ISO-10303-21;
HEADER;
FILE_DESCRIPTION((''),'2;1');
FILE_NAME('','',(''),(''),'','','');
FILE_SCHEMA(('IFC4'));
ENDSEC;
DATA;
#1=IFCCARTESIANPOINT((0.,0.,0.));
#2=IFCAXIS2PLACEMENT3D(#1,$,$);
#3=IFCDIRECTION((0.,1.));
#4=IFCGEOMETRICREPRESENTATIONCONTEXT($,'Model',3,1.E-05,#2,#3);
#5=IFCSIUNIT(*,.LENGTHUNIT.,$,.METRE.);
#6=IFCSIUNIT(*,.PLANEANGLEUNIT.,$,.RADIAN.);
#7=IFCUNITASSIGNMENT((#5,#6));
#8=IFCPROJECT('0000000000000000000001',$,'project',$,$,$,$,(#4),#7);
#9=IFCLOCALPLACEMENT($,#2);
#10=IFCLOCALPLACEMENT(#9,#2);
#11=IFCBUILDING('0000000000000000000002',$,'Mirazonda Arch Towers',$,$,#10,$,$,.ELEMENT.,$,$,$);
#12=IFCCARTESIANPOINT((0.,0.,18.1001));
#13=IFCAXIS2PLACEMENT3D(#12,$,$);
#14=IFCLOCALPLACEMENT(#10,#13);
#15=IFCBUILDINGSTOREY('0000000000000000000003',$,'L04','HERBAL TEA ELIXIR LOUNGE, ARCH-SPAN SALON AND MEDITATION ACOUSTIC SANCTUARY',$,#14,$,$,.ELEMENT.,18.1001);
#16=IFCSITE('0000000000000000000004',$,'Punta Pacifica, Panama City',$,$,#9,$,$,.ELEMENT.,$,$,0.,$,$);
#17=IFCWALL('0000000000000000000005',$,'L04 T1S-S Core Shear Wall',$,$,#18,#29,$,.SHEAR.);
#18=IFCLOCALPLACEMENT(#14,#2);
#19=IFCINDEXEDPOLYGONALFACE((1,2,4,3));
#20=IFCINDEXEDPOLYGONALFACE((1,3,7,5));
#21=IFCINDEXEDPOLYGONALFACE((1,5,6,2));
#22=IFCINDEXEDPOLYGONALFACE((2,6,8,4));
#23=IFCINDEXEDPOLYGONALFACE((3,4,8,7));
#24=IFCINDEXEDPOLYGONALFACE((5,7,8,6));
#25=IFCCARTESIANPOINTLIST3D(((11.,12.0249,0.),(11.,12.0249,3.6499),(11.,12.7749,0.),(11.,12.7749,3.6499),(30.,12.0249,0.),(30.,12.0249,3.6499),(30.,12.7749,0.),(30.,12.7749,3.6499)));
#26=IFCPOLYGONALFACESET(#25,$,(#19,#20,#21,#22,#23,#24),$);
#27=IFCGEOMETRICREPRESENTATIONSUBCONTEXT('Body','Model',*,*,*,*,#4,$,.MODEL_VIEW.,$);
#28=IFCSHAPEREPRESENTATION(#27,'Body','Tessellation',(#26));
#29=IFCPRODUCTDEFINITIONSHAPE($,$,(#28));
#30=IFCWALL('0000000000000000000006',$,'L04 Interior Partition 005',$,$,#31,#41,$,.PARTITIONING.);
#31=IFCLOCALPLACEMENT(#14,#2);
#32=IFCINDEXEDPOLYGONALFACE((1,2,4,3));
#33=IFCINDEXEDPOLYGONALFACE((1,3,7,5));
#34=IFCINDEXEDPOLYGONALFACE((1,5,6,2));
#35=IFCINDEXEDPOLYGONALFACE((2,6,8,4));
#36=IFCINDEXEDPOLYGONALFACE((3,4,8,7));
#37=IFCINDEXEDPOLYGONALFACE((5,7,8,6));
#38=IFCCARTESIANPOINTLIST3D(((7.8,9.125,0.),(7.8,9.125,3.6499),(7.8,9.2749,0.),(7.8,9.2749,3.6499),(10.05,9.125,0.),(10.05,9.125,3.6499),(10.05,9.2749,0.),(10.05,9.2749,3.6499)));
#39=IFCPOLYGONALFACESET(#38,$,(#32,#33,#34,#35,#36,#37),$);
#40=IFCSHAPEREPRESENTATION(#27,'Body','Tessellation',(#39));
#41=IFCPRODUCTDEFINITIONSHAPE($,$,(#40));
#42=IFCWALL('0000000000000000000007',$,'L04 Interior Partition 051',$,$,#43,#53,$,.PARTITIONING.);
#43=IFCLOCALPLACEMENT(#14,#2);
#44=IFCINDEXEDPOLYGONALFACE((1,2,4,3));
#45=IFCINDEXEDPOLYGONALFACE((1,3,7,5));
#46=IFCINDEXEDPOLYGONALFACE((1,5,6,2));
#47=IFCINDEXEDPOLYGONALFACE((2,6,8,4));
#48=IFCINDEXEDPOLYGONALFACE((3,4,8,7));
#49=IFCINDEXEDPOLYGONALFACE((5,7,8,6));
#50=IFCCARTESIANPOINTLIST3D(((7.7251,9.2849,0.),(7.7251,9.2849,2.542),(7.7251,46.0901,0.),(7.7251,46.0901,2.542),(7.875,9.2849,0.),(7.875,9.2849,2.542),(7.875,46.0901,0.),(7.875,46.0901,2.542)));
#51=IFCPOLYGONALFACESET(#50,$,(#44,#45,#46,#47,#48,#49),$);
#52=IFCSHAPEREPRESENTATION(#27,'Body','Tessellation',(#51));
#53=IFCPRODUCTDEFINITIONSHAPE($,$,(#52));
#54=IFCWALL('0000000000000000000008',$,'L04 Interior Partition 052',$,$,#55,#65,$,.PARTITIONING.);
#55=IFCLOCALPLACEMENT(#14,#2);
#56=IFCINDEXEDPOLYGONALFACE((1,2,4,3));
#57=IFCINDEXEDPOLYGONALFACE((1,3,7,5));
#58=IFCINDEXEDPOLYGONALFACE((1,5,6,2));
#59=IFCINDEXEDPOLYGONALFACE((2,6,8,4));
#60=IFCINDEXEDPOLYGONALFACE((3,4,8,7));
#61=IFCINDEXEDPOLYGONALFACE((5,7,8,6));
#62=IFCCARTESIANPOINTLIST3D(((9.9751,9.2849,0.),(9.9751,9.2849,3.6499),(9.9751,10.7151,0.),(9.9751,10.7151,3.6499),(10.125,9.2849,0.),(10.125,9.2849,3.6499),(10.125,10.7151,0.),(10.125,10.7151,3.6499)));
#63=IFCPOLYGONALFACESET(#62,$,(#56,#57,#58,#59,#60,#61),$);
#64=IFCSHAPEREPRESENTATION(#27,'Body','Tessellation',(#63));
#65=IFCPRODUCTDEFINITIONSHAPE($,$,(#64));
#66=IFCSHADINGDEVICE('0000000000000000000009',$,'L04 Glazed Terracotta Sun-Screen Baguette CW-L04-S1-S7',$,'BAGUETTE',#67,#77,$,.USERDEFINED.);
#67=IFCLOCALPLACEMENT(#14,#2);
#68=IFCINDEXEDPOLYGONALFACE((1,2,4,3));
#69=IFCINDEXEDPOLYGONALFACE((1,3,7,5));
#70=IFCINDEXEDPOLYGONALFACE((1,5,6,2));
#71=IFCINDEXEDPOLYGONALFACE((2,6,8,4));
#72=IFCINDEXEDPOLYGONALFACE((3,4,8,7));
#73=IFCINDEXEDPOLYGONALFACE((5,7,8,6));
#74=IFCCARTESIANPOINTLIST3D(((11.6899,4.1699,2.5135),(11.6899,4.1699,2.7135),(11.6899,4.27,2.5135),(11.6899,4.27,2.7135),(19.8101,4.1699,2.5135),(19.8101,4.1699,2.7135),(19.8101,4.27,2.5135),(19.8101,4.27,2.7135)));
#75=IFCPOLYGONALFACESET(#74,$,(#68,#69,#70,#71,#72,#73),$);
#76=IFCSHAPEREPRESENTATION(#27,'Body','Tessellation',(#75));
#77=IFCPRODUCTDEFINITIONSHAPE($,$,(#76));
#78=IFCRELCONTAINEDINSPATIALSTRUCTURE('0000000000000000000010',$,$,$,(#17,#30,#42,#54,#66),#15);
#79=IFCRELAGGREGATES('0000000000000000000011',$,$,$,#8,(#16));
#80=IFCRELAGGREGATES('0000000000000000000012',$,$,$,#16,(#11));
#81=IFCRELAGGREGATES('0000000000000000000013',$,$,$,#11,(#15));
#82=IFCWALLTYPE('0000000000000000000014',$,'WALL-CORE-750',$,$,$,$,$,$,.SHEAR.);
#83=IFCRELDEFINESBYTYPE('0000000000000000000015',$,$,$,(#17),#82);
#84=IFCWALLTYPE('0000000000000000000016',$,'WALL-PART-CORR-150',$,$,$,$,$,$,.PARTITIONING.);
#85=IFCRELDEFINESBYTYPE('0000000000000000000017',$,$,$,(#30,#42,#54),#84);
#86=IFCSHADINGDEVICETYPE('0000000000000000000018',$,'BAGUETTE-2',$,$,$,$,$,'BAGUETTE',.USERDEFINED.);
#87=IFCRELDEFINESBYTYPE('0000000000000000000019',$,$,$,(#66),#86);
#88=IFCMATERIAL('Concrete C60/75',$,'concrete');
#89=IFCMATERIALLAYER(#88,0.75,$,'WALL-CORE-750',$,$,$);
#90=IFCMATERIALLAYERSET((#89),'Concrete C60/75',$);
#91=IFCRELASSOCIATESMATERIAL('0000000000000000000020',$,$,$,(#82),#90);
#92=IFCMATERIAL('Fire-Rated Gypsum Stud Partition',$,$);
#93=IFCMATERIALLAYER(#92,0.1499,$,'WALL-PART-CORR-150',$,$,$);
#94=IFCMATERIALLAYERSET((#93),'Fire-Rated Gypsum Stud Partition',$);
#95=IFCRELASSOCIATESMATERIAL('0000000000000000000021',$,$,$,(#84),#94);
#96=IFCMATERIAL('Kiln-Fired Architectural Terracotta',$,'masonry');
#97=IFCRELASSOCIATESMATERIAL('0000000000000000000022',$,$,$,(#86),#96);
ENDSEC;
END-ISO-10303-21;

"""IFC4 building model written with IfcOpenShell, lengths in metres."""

from ifc_helpers import new_model, si_unit, direction, frame, frame_2d, origin, origin_2d, place, context, subcontext, project, spatial, rectangle, extrude, material, layer, layer_set, material_profile, profile_set, type_object, element, save


model = new_model("IFC4")

# Units and contexts
model_context = context("Model", 3, precision=1e-05, world=origin(), true_north=direction((0.0, 1.0)))
body_context = subcontext(model_context, "Body", "Model", "MODEL_VIEW")
ifc_project = project(units=[si_unit("LENGTHUNIT", "METRE"), si_unit("PLANEANGLEUNIT", "RADIAN")], contexts=[model_context])

# Site, building, storey
site_placement = place(None, origin())
site = spatial("IfcSite", under=ifc_project, at=site_placement, Name="Punta Pacifica, Panama City", CompositionType="ELEMENT", RefElevation=0.0)
building_placement = place(site_placement, origin())
building = spatial("IfcBuilding", under=site, at=building_placement, Name="Mirazonda Arch Towers", CompositionType="ELEMENT")
storey_placement = place(building_placement, frame((0.0, 0.0, 18.1001)))
storey = spatial("IfcBuildingStorey", under=building, at=storey_placement, Name="L04", Description="HERBAL TEA ELIXIR LOUNGE, ARCH-SPAN SALON AND MEDITATION ACOUSTIC SANCTUARY", CompositionType="ELEMENT", Elevation=18.1001)

# Shared definitions
ifc_material_1 = material(Name="Concrete C60/75", Category="concrete")

# Walls
ifc_layer_1 = layer(ifc_material_1, 0.75, Name="WALL-CORE-750")
ifc_layer_set_1 = layer_set([ifc_layer_1], Name="Concrete C60/75")
wall_type_1 = type_object("IfcWallType", Name="WALL-CORE-750", PredefinedType="SHEAR", material=ifc_layer_set_1)
wall_1_placement = place(storey_placement, frame((11.0, 12.3999, 0.0), z_axis=(0.0, 0.0, 1.0), x_axis=(1.0, 0.0, 0.0)))
element("IfcWall", 1, at=wall_1_placement, inside=storey, type_object=wall_type_1, Name="L04 T1S-S Core Shear Wall", PredefinedType="SHEAR", context=body_context, shape_type="SweptSolid", body=[
    extrude(rectangle(XDim=19.0, YDim=0.75, at=frame_2d((9.5, 0.0))), origin(), (0.0, 0.0, 1.0), 3.6499),
])
ifc_material_2 = material(Name="Fire-Rated Gypsum Stud Partition")
ifc_layer_2 = layer(ifc_material_2, 0.1499, Name="WALL-PART-CORR-150")
ifc_layer_set_2 = layer_set([ifc_layer_2], Name="Fire-Rated Gypsum Stud Partition")
wall_type_2 = type_object("IfcWallType", Name="WALL-PART-CORR-150", PredefinedType="PARTITIONING", material=ifc_layer_set_2)
wall_2_placement = place(storey_placement, frame((7.8, 9.2, 0.0), z_axis=(0.0, 0.0, 1.0), x_axis=(1.0, 0.0, 0.0)))
element("IfcWall", 2, at=wall_2_placement, inside=storey, type_object=wall_type_2, Name="L04 Interior Partition 005", PredefinedType="PARTITIONING", context=body_context, shape_type="SweptSolid", body=[
    extrude(rectangle(XDim=2.25, YDim=0.1499, at=frame_2d((1.125, 0.0))), origin(), (0.0, 0.0, 1.0), 3.6499),
])
wall_3_placement = place(storey_placement, frame((7.8, 9.2849, 0.0), z_axis=(0.0, 0.0, 1.0), x_axis=(0.0, 1.0, 0.0)))
element("IfcWall", 3, at=wall_3_placement, inside=storey, type_object=wall_type_2, Name="L04 Interior Partition 051", PredefinedType="PARTITIONING", context=body_context, shape_type="SweptSolid", body=[
    extrude(rectangle(XDim=36.8052, YDim=0.1499, at=frame_2d((18.4026, 0.0))), origin(), (0.0, 0.0, 1.0), 2.542),
])
wall_4_placement = place(storey_placement, frame((10.05, 9.2849, 0.0), z_axis=(0.0, 0.0, 1.0), x_axis=(0.0, 1.0, 0.0)))
element("IfcWall", 4, at=wall_4_placement, inside=storey, type_object=wall_type_2, Name="L04 Interior Partition 052", PredefinedType="PARTITIONING", context=body_context, shape_type="SweptSolid", body=[
    extrude(rectangle(XDim=1.4302, YDim=0.1499, at=frame_2d((0.7151, 0.0))), origin(), (0.0, 0.0, 1.0), 3.6499),
])

# Shading device
ifc_material_3 = material(Name="Kiln-Fired Architectural Terracotta", Category="masonry")
ifc_material_profile_1 = material_profile(ifc_material_3, rectangle(XDim=0.1001, YDim=0.2, at=origin_2d()), Name="TERRA-BAG-100x200")
ifc_profile_set_1 = profile_set([ifc_material_profile_1], Name="Kiln-Fired Architectural Terracotta")
shading_device_type = type_object("IfcShadingDeviceType", Name="BAGUETTE-2", ElementType="BAGUETTE", PredefinedType="USERDEFINED", material=ifc_profile_set_1)
shading_device_placement = place(storey_placement, frame((19.8101, 4.22, 2.6135), z_axis=(-1.0, 0.0, 0.0), x_axis=(0.0, -1.0, 0.0)))
element("IfcShadingDevice", 5, at=shading_device_placement, inside=storey, type_object=shading_device_type, Name="L04 Glazed Terracotta Sun-Screen Baguette CW-L04-S1-S7", ObjectType="BAGUETTE", PredefinedType="USERDEFINED", context=body_context, shape_type="SweptSolid", body=[
    extrude(rectangle(XDim=0.1001, YDim=0.2, at=origin_2d()), origin(), (0.0, 0.0, 1.0), 8.1201),
])

save(model, "model.ifc")
